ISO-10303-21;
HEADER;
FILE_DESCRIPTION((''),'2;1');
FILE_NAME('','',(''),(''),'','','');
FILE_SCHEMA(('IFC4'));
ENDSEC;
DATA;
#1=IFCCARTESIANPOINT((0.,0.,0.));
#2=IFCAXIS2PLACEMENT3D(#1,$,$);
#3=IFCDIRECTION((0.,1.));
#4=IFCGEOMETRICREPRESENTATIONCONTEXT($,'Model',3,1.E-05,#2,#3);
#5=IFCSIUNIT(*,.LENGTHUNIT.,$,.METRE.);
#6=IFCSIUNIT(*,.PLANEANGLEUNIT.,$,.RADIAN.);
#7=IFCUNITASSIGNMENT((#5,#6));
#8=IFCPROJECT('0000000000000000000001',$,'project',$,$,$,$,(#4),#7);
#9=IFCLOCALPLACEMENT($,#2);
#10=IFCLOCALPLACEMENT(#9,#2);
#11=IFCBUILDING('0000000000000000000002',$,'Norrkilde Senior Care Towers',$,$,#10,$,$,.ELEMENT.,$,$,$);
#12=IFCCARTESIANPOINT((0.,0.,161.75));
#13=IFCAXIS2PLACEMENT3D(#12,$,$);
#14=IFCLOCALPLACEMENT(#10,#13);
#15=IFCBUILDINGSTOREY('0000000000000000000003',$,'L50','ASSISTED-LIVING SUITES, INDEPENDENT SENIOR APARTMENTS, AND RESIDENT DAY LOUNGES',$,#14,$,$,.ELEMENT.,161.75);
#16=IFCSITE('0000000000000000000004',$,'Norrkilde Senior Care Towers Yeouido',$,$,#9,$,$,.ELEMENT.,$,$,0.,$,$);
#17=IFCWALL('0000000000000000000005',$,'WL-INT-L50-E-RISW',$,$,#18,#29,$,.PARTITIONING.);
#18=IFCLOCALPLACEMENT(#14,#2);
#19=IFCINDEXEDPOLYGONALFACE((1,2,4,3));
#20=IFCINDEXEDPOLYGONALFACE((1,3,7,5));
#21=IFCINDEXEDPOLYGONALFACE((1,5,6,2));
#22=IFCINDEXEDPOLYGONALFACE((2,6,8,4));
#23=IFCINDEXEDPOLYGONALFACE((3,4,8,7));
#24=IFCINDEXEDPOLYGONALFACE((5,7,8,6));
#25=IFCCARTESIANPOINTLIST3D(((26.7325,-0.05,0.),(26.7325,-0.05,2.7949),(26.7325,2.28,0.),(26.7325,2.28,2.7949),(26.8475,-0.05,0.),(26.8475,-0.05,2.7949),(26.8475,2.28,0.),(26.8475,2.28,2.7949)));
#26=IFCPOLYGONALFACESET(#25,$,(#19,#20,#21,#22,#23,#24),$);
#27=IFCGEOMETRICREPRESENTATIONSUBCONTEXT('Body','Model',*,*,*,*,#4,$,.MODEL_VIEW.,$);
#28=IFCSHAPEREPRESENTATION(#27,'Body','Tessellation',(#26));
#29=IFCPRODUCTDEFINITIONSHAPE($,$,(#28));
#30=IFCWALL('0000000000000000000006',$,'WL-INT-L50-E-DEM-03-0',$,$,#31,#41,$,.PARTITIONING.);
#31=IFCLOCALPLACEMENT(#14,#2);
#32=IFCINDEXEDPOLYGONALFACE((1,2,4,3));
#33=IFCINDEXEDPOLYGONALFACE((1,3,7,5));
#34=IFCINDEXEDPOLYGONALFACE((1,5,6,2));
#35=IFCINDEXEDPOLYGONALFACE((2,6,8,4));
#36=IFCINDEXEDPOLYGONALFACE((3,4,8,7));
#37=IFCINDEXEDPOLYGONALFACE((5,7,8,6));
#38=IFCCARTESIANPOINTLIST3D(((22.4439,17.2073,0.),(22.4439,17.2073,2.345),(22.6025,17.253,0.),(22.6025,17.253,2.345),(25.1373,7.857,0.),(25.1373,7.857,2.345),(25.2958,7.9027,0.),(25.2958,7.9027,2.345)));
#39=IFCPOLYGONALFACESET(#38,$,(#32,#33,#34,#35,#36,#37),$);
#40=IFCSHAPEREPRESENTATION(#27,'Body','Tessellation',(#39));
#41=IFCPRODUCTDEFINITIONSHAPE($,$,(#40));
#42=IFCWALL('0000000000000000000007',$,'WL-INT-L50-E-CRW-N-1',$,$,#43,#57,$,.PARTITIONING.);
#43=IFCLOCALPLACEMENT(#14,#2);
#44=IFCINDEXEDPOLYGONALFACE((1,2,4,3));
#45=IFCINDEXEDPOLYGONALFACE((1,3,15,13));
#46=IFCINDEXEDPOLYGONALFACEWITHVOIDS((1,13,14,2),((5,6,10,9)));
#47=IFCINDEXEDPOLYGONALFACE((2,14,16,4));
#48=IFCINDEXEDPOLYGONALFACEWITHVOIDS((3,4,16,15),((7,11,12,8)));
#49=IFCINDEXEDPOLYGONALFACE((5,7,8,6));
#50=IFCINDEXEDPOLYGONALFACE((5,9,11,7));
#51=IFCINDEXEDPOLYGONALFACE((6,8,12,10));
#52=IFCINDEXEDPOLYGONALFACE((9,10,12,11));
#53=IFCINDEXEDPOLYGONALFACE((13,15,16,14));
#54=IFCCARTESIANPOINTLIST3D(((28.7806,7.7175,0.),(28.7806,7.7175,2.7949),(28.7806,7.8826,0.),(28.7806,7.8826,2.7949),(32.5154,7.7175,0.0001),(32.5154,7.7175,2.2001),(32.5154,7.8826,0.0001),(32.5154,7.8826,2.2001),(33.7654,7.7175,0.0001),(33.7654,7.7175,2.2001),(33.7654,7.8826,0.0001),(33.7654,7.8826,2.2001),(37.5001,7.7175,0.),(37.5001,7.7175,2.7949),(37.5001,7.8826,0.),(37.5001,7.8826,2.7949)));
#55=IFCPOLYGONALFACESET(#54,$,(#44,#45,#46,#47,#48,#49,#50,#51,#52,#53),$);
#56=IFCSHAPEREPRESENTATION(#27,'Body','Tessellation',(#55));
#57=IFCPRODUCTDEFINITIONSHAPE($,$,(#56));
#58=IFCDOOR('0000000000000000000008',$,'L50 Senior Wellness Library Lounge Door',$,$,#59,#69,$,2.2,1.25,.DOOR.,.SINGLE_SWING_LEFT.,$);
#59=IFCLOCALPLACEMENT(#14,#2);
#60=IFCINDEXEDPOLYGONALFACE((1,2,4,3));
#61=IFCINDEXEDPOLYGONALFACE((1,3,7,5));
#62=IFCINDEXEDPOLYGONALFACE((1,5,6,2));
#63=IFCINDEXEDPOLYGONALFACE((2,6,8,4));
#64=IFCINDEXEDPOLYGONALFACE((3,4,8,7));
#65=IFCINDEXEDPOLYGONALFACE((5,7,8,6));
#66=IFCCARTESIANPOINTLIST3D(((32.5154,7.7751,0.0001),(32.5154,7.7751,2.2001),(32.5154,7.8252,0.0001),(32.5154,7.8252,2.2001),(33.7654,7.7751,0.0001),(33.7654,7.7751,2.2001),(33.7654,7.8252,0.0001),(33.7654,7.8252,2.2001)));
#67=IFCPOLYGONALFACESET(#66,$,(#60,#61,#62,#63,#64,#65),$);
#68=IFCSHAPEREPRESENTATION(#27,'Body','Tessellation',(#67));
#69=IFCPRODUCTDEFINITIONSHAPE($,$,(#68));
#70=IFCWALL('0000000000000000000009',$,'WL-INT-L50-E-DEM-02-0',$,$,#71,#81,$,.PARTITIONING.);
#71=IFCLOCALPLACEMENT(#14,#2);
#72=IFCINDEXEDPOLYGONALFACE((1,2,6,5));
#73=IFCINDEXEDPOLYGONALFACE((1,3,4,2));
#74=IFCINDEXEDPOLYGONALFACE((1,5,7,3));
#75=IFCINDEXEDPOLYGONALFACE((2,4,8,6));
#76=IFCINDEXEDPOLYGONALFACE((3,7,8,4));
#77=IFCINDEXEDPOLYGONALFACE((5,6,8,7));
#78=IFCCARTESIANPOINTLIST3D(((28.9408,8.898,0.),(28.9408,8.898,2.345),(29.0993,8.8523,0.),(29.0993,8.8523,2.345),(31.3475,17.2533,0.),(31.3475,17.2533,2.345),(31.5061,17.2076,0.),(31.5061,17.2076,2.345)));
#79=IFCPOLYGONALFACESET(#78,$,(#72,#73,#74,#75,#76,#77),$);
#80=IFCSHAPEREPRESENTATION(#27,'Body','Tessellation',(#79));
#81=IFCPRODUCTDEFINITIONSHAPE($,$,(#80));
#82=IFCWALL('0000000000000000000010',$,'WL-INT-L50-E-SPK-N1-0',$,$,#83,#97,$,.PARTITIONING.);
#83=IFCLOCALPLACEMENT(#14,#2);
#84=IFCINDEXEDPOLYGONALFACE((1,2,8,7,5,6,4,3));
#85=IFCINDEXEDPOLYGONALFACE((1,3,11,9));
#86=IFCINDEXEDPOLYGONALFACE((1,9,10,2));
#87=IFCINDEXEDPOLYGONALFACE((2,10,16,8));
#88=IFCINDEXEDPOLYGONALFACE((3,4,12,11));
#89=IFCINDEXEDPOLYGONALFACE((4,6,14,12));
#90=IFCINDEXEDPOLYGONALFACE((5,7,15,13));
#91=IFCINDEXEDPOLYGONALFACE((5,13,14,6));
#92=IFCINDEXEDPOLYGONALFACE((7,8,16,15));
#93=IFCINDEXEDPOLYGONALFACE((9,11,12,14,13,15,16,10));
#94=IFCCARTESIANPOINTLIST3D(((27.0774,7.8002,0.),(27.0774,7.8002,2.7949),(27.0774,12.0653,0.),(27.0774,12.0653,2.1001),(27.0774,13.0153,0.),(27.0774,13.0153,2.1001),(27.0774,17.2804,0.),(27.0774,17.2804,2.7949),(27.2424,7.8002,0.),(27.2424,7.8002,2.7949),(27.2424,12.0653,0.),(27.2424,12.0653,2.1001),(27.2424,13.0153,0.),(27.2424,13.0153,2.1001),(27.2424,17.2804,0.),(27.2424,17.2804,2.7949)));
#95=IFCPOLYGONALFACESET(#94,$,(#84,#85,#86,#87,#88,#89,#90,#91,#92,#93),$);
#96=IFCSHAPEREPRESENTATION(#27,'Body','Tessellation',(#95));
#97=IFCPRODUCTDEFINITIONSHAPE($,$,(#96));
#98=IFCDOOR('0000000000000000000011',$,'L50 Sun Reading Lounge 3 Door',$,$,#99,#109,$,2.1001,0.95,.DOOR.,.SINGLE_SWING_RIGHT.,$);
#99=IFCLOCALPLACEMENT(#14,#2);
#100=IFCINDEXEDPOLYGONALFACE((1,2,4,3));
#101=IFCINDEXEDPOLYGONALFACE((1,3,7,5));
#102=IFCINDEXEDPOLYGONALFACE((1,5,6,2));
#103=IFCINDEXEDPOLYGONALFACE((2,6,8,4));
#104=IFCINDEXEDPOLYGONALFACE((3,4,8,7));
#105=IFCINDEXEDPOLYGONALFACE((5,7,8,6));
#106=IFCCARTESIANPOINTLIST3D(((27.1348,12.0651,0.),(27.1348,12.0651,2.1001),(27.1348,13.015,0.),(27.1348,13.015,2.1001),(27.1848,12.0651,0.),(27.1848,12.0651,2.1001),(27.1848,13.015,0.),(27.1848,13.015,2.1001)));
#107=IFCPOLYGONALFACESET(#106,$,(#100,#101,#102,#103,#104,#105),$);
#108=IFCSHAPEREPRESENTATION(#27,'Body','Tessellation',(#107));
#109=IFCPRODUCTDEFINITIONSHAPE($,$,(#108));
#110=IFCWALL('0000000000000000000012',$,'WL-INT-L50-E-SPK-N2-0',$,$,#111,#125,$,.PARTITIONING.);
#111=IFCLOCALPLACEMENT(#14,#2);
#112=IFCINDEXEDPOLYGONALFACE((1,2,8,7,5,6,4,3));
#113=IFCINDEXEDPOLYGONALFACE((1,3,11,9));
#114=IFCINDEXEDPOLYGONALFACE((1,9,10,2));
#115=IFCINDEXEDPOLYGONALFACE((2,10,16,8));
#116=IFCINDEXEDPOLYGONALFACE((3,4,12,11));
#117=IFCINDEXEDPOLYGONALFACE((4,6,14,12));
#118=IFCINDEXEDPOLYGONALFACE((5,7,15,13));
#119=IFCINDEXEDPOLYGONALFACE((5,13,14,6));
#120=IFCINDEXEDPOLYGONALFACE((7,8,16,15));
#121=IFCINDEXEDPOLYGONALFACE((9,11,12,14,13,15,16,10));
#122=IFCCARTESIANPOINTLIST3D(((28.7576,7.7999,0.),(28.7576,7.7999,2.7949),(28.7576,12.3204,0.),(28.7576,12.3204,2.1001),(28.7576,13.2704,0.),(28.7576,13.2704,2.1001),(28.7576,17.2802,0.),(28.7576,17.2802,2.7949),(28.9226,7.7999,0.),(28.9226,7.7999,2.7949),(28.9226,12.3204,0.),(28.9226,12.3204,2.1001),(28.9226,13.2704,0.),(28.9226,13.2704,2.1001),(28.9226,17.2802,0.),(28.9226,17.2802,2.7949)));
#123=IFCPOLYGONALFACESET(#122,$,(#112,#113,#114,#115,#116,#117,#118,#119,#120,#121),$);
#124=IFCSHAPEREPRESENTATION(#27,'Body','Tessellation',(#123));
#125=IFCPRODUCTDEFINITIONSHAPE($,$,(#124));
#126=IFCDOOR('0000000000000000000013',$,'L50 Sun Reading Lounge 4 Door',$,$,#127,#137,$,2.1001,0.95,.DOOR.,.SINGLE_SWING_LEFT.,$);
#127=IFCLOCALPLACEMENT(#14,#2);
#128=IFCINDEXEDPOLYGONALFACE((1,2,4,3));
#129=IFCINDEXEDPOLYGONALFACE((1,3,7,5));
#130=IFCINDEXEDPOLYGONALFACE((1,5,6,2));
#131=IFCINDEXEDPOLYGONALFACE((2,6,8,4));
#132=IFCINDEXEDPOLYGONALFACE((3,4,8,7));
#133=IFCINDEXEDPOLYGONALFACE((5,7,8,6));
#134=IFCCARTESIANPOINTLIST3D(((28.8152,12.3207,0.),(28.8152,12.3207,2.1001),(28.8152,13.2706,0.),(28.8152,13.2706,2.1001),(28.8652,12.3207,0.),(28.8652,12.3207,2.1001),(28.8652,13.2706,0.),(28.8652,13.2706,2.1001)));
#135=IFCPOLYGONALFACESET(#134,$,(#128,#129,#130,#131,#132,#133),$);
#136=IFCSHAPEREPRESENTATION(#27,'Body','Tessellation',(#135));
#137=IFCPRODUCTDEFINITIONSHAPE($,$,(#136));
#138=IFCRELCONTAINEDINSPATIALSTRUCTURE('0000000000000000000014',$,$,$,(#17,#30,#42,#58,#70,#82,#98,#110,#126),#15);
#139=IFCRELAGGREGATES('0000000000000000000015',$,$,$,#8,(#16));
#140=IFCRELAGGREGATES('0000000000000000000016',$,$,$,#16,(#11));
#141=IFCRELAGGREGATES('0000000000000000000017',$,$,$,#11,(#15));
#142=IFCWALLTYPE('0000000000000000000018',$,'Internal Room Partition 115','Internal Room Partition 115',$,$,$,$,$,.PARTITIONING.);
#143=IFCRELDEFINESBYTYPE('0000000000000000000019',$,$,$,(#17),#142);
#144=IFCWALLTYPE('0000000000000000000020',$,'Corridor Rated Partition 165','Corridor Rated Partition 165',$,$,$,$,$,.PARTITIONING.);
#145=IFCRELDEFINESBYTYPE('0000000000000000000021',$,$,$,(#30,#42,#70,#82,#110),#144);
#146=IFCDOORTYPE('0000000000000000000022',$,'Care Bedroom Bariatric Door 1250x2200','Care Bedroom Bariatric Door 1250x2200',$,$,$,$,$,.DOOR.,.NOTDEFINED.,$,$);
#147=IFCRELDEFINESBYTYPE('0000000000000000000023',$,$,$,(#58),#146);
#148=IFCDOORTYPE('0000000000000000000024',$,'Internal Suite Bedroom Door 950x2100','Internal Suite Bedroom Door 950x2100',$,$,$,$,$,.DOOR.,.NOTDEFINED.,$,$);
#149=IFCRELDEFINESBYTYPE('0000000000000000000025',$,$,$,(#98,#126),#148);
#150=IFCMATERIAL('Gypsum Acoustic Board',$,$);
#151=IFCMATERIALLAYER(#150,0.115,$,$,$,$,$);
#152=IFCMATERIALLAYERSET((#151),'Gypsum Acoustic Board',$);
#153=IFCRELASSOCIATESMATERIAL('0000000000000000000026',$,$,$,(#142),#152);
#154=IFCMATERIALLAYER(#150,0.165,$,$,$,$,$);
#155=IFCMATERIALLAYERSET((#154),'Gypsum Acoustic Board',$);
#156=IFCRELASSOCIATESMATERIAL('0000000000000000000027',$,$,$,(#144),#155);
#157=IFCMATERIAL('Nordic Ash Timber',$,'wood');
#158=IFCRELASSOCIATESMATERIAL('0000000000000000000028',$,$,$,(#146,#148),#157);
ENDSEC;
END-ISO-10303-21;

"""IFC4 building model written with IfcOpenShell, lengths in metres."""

from ifc_helpers import new_model, si_unit, direction, frame, frame_2d, origin, place, context, subcontext, project, spatial, rectangle, extrude, source, transform, mapped, material, layer, layer_set, type_object, type_shapes, element, fill, save


model = new_model("IFC4")

# Units and contexts
model_context = context("Model", 3, precision=1e-05, world=origin(), true_north=direction((0.0, 1.0)))
body_context = subcontext(model_context, "Body", "Model", "MODEL_VIEW")
ifc_project = project(units=[si_unit("LENGTHUNIT", "METRE"), si_unit("PLANEANGLEUNIT", "RADIAN")], contexts=[model_context])

# Site, building, storey
site_placement = place(None, origin())
site = spatial("IfcSite", under=ifc_project, at=site_placement, Name="Norrkilde Senior Care Towers Yeouido", CompositionType="ELEMENT", RefElevation=0.0)
building_placement = place(site_placement, origin())
building = spatial("IfcBuilding", under=site, at=building_placement, Name="Norrkilde Senior Care Towers", CompositionType="ELEMENT")
storey_placement = place(building_placement, frame((0.0, 0.0, 161.75)))
storey = spatial("IfcBuildingStorey", under=building, at=storey_placement, Name="L50", Description="ASSISTED-LIVING SUITES, INDEPENDENT SENIOR APARTMENTS, AND RESIDENT DAY LOUNGES", CompositionType="ELEMENT", Elevation=161.75)

# Walls
ifc_material_1 = material(Name="Gypsum Acoustic Board")
ifc_layer_1 = layer(ifc_material_1, 0.115)
ifc_layer_set_1 = layer_set([ifc_layer_1], Name="Gypsum Acoustic Board")
wall_type_1 = type_object("IfcWallType", Name="Internal Room Partition 115", Description="Internal Room Partition 115", PredefinedType="PARTITIONING", material=ifc_layer_set_1)
shared_shape_1 = source(origin(), body_context, "Body", "SweptSolid", [
    extrude(rectangle(XDim=2.3301, YDim=0.115, at=frame_2d((1.165, 0.0))), origin(), (0.0, 0.0, 1.0), 2.7949),
])
type_shapes(wall_type_1, [shared_shape_1])
wall_1_placement = place(storey_placement, frame((26.79, -0.05, 0.0), z_axis=(0.0, 0.0, 1.0), x_axis=(0.0, 1.0, 0.0)))
element("IfcWall", 1, at=wall_1_placement, inside=storey, type_object=wall_type_1, Name="WL-INT-L50-E-RISW", PredefinedType="PARTITIONING", context=body_context, shape_type="MappedRepresentation", body=[
    mapped(shared_shape_1, transform((0.0, 0.0, 0.0), x_axis=(1.0, 0.0, 0.0), y_axis=(0.0, 1.0, 0.0), z_axis=(0.0, 0.0, 1.0), scale=1.0)),
])
ifc_layer_2 = layer(ifc_material_1, 0.165)
ifc_layer_set_2 = layer_set([ifc_layer_2], Name="Gypsum Acoustic Board")
wall_type_2 = type_object("IfcWallType", Name="Corridor Rated Partition 165", Description="Corridor Rated Partition 165", PredefinedType="PARTITIONING", material=ifc_layer_set_2)
shared_shape_2 = source(origin(), body_context, "Body", "SweptSolid", [
    extrude(rectangle(XDim=9.7305, YDim=0.165, at=frame_2d((4.8652, 0.0))), origin(), (0.0, 0.0, 1.0), 2.345),
])
wall_2_placement = place(storey_placement, frame((25.2166, 7.8799, 0.0), z_axis=(0.0, 0.0, 1.0), x_axis=(-0.276795, 0.960929, 0.0)))
element("IfcWall", 2, at=wall_2_placement, inside=storey, type_object=wall_type_2, Name="WL-INT-L50-E-DEM-03-0", PredefinedType="PARTITIONING", context=body_context, shape_type="MappedRepresentation", body=[
    mapped(shared_shape_2, transform((0.0, 0.0, 0.0), x_axis=(1.0, 0.0, 0.0), y_axis=(0.0, 1.0, 0.0), z_axis=(0.0, 0.0, 1.0), scale=1.0)),
])

# Wall, opening, door
shared_shape_3 = source(origin(), body_context, "Body", "SweptSolid", [
    extrude(rectangle(XDim=8.7195, YDim=0.165, at=frame_2d((4.3599, 0.0))), origin(), (0.0, 0.0, 1.0), 2.7949),
])
wall_3_placement = place(storey_placement, frame((28.7805, 7.8, 0.0), z_axis=(0.0, 0.0, 1.0), x_axis=(1.0, 0.0, 0.0)))
wall_3 = element("IfcWall", 3, at=wall_3_placement, inside=storey, type_object=wall_type_2, Name="WL-INT-L50-E-CRW-N-1", PredefinedType="PARTITIONING", context=body_context, shape_type="MappedRepresentation", body=[
    mapped(shared_shape_3, transform((0.0, 0.0, 0.0), x_axis=(1.0, 0.0, 0.0), y_axis=(0.0, 1.0, 0.0), z_axis=(0.0, 0.0, 1.0), scale=1.0)),
])
opening_1_placement = place(wall_3_placement, frame((3.7349, 0.0, 0.0)))
opening_1 = element("IfcOpeningElement", 4, at=opening_1_placement, cuts=wall_3, PredefinedType="OPENING", context=body_context, shape_type="SweptSolid", body=[
    extrude(rectangle(XDim=1.25, YDim=2.2, at=frame_2d((0.625, 1.1001))), frame((0.0, 0.0925, 0.0), z_axis=(0.0, -1.0, 0.0), x_axis=(1.0, 0.0, 0.0)), (0.0, 0.0, 1.0), 0.1851),
])
ifc_material_2 = material(Name="Nordic Ash Timber", Category="wood")
door_type_1 = type_object("IfcDoorType", Name="Care Bedroom Bariatric Door 1250x2200", Description="Care Bedroom Bariatric Door 1250x2200", OperationType="NOTDEFINED", PredefinedType="DOOR", material=ifc_material_2)
shared_shape_4 = source(origin(), body_context, "Body", "SweptSolid", [
    extrude(rectangle(XDim=1.25, YDim=2.2, at=frame_2d((0.625, 1.1001))), frame((0.0, 0.0249, 0.0), z_axis=(0.0, -1.0, 0.0), x_axis=(1.0, 0.0, 0.0)), (0.0, 0.0, 1.0), 0.05),
])
type_shapes(door_type_1, [shared_shape_4])
door_1_placement = place(opening_1_placement, frame((1.25, 0.0, 0.0), z_axis=(0.0, 0.0, 1.0), x_axis=(-1.0, 0.0, 0.0)))
door_1 = element("IfcDoor", 5, at=door_1_placement, inside=storey, type_object=door_type_1, Name="L50 Senior Wellness Library Lounge Door", OperationType="SINGLE_SWING_LEFT", OverallHeight=2.2, OverallWidth=1.25, PredefinedType="DOOR", context=body_context, shape_type="MappedRepresentation", body=[
    mapped(shared_shape_4, transform((0.0, 0.0, 0.0), x_axis=(1.0, 0.0, 0.0), y_axis=(0.0, 1.0, 0.0), z_axis=(0.0, 0.0, 1.0), scale=1.0)),
])
fill(opening_1, door_1)

# Wall
shared_shape_5 = source(origin(), body_context, "Body", "SweptSolid", [
    extrude(rectangle(XDim=8.6951, YDim=0.165, at=frame_2d((4.3477, 0.0))), origin(), (0.0, 0.0, 1.0), 2.345),
])
wall_4_placement = place(storey_placement, frame((29.02, 8.875, 0.0), z_axis=(0.0, 0.0, 1.0), x_axis=(0.276797, 0.960928, 0.0)))
element("IfcWall", 6, at=wall_4_placement, inside=storey, type_object=wall_type_2, Name="WL-INT-L50-E-DEM-02-0", PredefinedType="PARTITIONING", context=body_context, shape_type="MappedRepresentation", body=[
    mapped(shared_shape_5, transform((0.0, 0.0, 0.0), x_axis=(1.0, 0.0, 0.0), y_axis=(0.0, 1.0, 0.0), z_axis=(0.0, 0.0, 1.0), scale=1.0)),
])

# Walls, openings, doors
shared_shape_6 = source(origin(), body_context, "Body", "SweptSolid", [
    extrude(rectangle(XDim=9.4802, YDim=0.165, at=frame_2d((4.7402, 0.0))), origin(), (0.0, 0.0, 1.0), 2.7949),
])
type_shapes(wall_type_2, [shared_shape_2, shared_shape_3, shared_shape_5, shared_shape_6])
wall_5_placement = place(storey_placement, frame((27.1599, 7.8, 0.0), z_axis=(0.0, 0.0, 1.0), x_axis=(0.0, 1.0, 0.0)))
wall_5 = element("IfcWall", 7, at=wall_5_placement, inside=storey, type_object=wall_type_2, Name="WL-INT-L50-E-SPK-N1-0", PredefinedType="PARTITIONING", context=body_context, shape_type="MappedRepresentation", body=[
    mapped(shared_shape_6, transform((0.0, 0.0, 0.0), x_axis=(1.0, 0.0, 0.0), y_axis=(0.0, 1.0, 0.0), z_axis=(0.0, 0.0, 1.0), scale=1.0)),
])
opening_2_placement = place(wall_5_placement, frame((4.2651, 0.0, 0.0)))
opening_2 = element("IfcOpeningElement", 8, at=opening_2_placement, cuts=wall_5, PredefinedType="OPENING", context=body_context, shape_type="SweptSolid", body=[
    extrude(rectangle(XDim=0.95, YDim=2.1001, at=frame_2d((0.4751, 1.05))), frame((0.0, 0.0925, 0.0), z_axis=(0.0, -1.0, 0.0), x_axis=(1.0, 0.0, 0.0)), (0.0, 0.0, 1.0), 0.1851),
])
door_type_2 = type_object("IfcDoorType", Name="Internal Suite Bedroom Door 950x2100", Description="Internal Suite Bedroom Door 950x2100", OperationType="NOTDEFINED", PredefinedType="DOOR", material=ifc_material_2)
shared_shape_7 = source(origin(), body_context, "Body", "SweptSolid", [
    extrude(rectangle(XDim=0.95, YDim=2.1001, at=frame_2d((0.4751, 1.05))), frame((0.0, 0.0249, 0.0), z_axis=(0.0, -1.0, 0.0), x_axis=(1.0, 0.0, 0.0)), (0.0, 0.0, 1.0), 0.05),
])
type_shapes(door_type_2, [shared_shape_7])
door_2_placement = place(opening_2_placement, frame((0.95, 0.0, 0.0), z_axis=(0.0, 0.0, 1.0), x_axis=(-1.0, 0.0, 0.0)))
door_2 = element("IfcDoor", 9, at=door_2_placement, inside=storey, type_object=door_type_2, Name="L50 Sun Reading Lounge 3 Door", OperationType="SINGLE_SWING_RIGHT", OverallHeight=2.1001, OverallWidth=0.95, PredefinedType="DOOR", context=body_context, shape_type="MappedRepresentation", body=[
    mapped(shared_shape_7, transform((0.0, 0.0, 0.0), x_axis=(1.0, 0.0, 0.0), y_axis=(0.0, 1.0, 0.0), z_axis=(0.0, 0.0, 1.0), scale=1.0)),
])
fill(opening_2, door_2)
wall_6_placement = place(storey_placement, frame((28.8401, 17.2803, 0.0), z_axis=(0.0, 0.0, 1.0), x_axis=(0.0, -1.0, 0.0)))
wall_6 = element("IfcWall", 10, at=wall_6_placement, inside=storey, type_object=wall_type_2, Name="WL-INT-L50-E-SPK-N2-0", PredefinedType="PARTITIONING", context=body_context, shape_type="MappedRepresentation", body=[
    mapped(shared_shape_6, transform((0.0, 0.0, 0.0), x_axis=(1.0, 0.0, 0.0), y_axis=(0.0, 1.0, 0.0), z_axis=(0.0, 0.0, 1.0), scale=1.0)),
])
opening_3_placement = place(wall_6_placement, frame((4.0098, 0.0, 0.0)))
opening_3 = element("IfcOpeningElement", 11, at=opening_3_placement, cuts=wall_6, PredefinedType="OPENING", context=body_context, shape_type="SweptSolid", body=[
    extrude(rectangle(XDim=0.95, YDim=2.1001, at=frame_2d((0.4751, 1.05))), frame((0.0, 0.0925, 0.0), z_axis=(0.0, -1.0, 0.0), x_axis=(1.0, 0.0, 0.0)), (0.0, 0.0, 1.0), 0.1851),
])
door_3_placement = place(opening_3_placement, frame((0.95, 0.0, 0.0), z_axis=(0.0, 0.0, 1.0), x_axis=(-1.0, 0.0, 0.0)))
door_3 = element("IfcDoor", 12, at=door_3_placement, inside=storey, type_object=door_type_2, Name="L50 Sun Reading Lounge 4 Door", OperationType="SINGLE_SWING_LEFT", OverallHeight=2.1001, OverallWidth=0.95, PredefinedType="DOOR", context=body_context, shape_type="MappedRepresentation", body=[
    mapped(shared_shape_7, transform((0.0, 0.0, 0.0), x_axis=(1.0, 0.0, 0.0), y_axis=(0.0, 1.0, 0.0), z_axis=(0.0, 0.0, 1.0), scale=1.0)),
])
fill(opening_3, door_3)

save(model, "model.ifc")
